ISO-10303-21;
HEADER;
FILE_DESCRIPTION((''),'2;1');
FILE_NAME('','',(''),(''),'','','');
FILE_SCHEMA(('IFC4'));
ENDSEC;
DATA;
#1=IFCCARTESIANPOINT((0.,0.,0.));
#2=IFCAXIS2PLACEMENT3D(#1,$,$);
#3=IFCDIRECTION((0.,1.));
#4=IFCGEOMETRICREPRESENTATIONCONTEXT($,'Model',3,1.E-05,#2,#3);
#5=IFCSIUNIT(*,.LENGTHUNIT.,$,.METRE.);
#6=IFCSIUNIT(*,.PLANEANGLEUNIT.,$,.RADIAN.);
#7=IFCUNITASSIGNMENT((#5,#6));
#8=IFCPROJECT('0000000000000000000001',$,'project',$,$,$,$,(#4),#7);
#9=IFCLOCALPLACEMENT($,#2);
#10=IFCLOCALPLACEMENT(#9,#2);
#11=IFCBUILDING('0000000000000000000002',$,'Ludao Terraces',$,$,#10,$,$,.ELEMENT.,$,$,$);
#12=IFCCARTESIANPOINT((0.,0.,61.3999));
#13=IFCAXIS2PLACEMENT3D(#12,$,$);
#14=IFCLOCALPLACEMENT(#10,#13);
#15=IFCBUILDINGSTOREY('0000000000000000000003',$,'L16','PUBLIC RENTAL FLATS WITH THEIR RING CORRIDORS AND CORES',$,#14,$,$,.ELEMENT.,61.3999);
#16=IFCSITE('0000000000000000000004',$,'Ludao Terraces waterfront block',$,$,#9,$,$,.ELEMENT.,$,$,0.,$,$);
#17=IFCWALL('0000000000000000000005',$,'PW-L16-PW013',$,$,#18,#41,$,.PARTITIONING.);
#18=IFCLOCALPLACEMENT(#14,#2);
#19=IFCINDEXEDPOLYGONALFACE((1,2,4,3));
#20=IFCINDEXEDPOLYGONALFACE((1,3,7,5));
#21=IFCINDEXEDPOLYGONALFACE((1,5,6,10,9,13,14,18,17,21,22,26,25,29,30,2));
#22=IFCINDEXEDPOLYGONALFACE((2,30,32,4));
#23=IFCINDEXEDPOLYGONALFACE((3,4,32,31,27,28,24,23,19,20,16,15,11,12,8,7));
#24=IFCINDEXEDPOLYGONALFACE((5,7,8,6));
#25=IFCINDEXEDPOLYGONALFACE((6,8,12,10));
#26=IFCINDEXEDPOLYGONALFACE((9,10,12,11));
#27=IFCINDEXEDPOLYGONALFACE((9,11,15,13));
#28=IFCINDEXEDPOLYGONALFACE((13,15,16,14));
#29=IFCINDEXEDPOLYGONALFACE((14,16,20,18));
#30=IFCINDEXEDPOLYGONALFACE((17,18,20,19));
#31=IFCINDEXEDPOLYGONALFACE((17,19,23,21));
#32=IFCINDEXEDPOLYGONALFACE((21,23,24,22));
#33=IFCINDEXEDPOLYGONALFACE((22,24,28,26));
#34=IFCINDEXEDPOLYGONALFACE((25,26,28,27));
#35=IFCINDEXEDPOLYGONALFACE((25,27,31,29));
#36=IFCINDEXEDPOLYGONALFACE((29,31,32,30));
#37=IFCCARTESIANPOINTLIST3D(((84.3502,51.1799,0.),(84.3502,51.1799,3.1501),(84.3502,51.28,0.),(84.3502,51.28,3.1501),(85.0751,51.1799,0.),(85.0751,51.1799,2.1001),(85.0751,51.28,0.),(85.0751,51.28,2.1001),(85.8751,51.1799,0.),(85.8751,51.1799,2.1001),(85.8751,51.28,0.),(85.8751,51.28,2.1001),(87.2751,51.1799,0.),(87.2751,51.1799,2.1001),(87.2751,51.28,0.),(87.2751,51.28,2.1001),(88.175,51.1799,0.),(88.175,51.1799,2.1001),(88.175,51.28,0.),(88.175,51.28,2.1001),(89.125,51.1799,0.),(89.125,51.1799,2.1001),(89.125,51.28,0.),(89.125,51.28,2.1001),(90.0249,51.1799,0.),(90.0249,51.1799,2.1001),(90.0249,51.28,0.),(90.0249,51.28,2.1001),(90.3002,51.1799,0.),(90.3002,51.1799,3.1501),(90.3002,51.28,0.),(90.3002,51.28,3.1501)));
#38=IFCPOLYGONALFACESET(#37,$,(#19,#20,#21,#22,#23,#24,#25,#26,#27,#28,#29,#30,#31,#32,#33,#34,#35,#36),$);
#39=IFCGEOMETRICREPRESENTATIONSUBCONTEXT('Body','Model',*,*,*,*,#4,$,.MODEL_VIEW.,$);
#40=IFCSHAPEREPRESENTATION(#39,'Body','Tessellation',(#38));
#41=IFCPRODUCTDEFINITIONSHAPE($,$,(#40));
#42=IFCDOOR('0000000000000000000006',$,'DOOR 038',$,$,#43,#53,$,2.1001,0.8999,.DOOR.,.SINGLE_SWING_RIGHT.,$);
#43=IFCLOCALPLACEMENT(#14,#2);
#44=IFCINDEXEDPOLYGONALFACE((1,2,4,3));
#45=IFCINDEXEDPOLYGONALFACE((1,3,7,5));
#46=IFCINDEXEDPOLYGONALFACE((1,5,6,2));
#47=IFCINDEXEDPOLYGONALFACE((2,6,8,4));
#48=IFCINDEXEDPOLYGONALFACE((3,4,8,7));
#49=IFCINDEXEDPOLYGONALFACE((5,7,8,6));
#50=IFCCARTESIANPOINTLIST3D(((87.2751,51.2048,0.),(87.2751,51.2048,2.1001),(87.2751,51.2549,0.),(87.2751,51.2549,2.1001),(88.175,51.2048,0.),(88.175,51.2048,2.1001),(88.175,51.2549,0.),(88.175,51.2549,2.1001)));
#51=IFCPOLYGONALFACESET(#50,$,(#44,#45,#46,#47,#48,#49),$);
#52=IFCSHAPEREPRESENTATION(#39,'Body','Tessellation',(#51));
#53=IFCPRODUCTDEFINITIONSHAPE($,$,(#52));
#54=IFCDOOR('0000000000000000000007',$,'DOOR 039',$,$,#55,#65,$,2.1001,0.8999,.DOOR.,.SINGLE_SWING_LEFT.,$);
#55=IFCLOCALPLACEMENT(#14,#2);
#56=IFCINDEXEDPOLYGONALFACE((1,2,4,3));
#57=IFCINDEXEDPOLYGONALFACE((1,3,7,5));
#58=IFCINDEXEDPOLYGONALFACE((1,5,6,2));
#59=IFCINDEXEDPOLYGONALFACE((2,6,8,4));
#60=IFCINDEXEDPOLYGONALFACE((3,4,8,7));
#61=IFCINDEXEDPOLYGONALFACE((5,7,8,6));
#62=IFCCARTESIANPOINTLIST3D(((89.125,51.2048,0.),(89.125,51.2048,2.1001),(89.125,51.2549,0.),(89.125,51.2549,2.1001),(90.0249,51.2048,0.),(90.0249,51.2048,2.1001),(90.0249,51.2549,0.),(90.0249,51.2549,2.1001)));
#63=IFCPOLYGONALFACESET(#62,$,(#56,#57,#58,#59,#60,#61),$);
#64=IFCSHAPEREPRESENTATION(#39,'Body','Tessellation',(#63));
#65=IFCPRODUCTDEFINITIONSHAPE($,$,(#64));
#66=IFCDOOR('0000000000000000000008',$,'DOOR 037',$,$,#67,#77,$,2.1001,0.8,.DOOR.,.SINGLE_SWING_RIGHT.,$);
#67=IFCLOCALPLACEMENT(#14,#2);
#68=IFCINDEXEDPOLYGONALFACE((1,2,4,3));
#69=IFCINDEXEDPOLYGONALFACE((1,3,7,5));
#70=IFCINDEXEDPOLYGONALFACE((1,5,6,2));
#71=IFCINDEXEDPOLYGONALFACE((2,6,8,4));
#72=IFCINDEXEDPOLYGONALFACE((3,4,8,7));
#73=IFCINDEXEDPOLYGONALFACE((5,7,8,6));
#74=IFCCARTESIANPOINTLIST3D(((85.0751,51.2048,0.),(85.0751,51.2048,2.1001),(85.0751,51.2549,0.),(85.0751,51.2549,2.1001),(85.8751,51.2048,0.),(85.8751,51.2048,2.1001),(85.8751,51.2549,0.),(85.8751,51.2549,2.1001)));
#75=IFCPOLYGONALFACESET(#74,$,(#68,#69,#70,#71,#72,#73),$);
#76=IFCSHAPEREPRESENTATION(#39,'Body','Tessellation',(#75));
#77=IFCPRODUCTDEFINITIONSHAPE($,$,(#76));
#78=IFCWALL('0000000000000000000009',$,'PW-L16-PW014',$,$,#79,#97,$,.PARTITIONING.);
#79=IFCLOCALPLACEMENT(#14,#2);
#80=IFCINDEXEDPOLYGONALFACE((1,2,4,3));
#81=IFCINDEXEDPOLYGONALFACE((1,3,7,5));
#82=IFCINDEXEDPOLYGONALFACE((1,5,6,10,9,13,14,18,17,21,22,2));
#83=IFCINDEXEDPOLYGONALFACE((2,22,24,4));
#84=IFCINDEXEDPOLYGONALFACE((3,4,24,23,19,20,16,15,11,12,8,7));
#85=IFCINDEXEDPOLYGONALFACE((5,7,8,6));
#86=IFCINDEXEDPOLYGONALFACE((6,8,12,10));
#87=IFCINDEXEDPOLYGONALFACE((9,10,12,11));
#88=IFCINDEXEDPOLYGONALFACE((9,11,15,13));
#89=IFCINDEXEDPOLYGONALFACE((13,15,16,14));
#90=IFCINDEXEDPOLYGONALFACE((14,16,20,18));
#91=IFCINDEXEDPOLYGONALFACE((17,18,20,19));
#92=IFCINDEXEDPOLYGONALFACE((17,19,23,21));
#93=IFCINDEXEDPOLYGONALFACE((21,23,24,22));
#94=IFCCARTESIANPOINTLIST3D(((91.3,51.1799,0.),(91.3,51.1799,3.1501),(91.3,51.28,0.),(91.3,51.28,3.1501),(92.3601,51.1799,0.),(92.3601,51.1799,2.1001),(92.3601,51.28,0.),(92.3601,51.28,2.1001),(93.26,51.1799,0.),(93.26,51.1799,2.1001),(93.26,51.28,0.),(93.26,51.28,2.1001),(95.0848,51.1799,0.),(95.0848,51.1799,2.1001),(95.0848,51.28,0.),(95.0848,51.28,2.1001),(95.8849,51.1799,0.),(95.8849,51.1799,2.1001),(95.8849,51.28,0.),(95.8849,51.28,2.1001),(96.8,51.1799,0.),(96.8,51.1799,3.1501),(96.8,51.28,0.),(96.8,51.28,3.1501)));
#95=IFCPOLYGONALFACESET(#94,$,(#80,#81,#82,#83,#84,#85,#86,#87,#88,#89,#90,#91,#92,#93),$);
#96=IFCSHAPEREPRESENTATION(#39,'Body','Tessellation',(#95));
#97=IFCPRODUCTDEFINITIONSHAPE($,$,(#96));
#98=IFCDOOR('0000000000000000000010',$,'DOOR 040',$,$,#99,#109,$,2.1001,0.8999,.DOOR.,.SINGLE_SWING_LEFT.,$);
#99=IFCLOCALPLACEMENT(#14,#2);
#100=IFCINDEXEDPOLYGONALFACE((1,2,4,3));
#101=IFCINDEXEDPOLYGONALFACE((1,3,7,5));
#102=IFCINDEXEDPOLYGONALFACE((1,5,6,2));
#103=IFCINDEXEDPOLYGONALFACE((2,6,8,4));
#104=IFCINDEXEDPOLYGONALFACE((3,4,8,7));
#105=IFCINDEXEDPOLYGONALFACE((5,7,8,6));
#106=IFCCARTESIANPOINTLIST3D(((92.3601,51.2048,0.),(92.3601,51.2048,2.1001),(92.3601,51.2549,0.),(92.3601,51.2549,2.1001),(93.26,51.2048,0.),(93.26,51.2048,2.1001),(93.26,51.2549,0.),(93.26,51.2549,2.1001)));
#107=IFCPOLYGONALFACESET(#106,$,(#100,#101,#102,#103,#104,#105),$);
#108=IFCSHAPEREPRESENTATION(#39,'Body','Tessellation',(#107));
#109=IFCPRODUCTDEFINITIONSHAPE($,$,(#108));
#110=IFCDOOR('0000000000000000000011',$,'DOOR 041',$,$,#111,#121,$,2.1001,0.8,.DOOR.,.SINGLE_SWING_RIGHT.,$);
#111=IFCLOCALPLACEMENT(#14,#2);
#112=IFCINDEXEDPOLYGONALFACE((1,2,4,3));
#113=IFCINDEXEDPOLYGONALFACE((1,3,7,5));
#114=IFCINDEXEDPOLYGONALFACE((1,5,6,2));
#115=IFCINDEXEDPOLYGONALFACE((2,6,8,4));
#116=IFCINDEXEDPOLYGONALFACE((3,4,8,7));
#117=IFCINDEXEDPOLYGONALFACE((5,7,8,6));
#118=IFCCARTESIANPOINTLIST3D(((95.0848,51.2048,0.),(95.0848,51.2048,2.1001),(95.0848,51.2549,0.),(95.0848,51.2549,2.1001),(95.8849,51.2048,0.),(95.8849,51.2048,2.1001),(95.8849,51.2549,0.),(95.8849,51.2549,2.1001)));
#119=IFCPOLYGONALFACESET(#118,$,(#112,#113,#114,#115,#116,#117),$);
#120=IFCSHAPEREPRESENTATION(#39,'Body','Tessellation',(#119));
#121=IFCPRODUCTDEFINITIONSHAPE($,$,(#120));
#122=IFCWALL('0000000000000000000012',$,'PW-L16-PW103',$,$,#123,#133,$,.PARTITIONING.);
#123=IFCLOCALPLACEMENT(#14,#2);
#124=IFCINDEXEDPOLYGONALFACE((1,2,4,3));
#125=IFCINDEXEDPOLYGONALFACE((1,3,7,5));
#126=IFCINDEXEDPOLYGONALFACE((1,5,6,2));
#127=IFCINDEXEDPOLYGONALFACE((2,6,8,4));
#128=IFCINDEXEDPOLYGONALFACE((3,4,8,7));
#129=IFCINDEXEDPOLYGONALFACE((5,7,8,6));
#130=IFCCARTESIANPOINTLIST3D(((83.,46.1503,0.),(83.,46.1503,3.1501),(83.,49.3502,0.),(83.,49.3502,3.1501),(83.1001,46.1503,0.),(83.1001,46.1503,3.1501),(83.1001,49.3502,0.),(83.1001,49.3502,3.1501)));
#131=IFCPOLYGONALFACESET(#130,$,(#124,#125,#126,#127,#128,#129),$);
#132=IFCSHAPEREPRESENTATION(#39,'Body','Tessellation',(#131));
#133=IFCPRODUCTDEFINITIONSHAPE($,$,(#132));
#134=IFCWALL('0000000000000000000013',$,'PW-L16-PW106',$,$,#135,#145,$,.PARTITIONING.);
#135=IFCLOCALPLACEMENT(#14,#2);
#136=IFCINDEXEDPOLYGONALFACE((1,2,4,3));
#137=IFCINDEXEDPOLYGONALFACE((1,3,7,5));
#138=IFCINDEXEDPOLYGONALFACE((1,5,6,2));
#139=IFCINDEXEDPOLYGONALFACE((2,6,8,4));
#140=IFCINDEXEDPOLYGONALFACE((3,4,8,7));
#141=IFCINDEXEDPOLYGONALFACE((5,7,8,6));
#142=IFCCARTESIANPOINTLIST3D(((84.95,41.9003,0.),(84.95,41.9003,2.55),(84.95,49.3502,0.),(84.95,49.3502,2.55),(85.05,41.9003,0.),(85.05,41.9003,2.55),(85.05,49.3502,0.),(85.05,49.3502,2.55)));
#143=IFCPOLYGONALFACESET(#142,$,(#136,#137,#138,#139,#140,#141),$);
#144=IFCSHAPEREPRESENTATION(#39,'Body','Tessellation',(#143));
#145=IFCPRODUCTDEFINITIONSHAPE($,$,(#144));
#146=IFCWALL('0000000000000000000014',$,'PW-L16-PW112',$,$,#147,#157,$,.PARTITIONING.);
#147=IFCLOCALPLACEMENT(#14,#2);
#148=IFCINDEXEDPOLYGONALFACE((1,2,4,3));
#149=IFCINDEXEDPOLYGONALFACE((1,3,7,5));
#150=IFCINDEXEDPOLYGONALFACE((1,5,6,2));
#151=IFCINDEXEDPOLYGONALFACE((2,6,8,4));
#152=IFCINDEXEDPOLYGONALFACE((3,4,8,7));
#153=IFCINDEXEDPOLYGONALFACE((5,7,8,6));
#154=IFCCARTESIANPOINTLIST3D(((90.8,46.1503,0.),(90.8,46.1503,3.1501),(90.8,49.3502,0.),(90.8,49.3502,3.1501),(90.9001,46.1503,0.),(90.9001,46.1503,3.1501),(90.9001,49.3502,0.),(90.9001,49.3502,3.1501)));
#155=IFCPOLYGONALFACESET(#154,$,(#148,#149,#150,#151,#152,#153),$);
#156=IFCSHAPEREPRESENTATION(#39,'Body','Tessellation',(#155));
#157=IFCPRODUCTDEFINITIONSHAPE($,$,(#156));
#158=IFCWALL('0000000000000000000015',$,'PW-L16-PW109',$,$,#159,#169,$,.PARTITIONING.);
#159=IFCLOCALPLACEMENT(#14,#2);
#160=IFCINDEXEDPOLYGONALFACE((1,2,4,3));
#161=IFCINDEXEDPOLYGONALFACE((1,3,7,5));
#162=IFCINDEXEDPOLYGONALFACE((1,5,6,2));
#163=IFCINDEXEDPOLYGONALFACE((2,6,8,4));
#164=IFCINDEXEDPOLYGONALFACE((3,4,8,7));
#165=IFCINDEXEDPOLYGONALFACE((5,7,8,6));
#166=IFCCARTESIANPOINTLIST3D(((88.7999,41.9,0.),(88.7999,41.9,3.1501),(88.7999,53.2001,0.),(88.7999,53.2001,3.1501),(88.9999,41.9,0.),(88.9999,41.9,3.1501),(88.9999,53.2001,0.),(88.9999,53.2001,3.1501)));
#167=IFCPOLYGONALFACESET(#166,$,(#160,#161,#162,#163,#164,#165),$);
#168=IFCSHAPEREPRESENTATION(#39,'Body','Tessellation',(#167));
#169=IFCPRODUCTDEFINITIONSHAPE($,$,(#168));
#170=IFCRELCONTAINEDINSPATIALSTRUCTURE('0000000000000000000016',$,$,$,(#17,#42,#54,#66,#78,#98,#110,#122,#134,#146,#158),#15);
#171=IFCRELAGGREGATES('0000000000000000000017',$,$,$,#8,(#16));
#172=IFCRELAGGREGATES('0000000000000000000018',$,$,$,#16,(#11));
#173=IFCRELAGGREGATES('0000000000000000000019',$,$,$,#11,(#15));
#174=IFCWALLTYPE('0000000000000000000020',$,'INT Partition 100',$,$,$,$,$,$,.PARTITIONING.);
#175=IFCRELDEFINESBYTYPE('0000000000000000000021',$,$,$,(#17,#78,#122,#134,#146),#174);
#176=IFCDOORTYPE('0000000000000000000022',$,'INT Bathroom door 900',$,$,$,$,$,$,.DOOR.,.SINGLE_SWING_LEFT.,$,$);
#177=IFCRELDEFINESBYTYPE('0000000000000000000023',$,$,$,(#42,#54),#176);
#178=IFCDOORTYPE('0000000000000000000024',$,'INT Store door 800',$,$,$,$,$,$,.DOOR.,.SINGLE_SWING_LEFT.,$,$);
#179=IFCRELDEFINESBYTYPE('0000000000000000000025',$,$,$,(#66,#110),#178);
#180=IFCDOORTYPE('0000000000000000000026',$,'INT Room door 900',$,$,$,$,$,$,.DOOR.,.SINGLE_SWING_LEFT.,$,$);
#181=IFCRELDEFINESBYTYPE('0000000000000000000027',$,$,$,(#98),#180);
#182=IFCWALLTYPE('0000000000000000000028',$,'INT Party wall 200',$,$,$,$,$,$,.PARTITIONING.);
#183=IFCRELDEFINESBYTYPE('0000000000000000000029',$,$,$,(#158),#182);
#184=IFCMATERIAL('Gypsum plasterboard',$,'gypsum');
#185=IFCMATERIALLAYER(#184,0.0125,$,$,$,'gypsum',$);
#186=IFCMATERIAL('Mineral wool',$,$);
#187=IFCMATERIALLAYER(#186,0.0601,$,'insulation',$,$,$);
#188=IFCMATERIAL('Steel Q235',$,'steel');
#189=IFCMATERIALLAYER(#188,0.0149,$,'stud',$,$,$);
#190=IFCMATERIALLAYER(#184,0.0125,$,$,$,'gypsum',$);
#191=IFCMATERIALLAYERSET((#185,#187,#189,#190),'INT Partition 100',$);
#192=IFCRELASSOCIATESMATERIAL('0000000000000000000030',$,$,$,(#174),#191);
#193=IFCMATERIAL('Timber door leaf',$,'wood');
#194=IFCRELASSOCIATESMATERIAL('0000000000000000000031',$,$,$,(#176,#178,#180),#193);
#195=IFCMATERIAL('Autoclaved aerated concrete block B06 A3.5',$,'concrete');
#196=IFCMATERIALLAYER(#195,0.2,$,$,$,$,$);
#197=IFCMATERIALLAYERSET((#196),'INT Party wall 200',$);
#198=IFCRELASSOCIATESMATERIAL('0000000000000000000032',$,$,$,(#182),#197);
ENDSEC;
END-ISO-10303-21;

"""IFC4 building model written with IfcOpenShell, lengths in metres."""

from ifc_helpers import new_model, si_unit, direction, frame, frame_2d, origin, place, context, subcontext, project, spatial, rectangle, extrude, material, layer, layer_set, type_object, element, fill, save


model = new_model("IFC4")

# Units and contexts
model_context = context("Model", 3, precision=1e-05, world=origin(), true_north=direction((0.0, 1.0)))
body_context = subcontext(model_context, "Body", "Model", "MODEL_VIEW")
ifc_project = project(units=[si_unit("LENGTHUNIT", "METRE"), si_unit("PLANEANGLEUNIT", "RADIAN")], contexts=[model_context])

# Site, building, storey
site_placement = place(None, origin())
site = spatial("IfcSite", under=ifc_project, at=site_placement, Name="Ludao Terraces waterfront block", CompositionType="ELEMENT", RefElevation=0.0)
building_placement = place(site_placement, origin())
building = spatial("IfcBuilding", under=site, at=building_placement, Name="Ludao Terraces", CompositionType="ELEMENT")
storey_placement = place(building_placement, frame((0.0, 0.0, 61.3999)))
storey = spatial("IfcBuildingStorey", under=building, at=storey_placement, Name="L16", Description="PUBLIC RENTAL FLATS WITH THEIR RING CORRIDORS AND CORES", CompositionType="ELEMENT", Elevation=61.3999)

# Shared definitions
ifc_material_1 = material(Name="Mineral wool")

# Walls, openings, doors
ifc_material_2 = material(Name="Gypsum plasterboard", Category="gypsum")
ifc_layer_1 = layer(ifc_material_2, 0.0125, Category="gypsum")
ifc_layer_2 = layer(ifc_material_1, 0.0601, Name="insulation")
ifc_material_3 = material(Name="Steel Q235", Category="steel")
ifc_layer_3 = layer(ifc_material_3, 0.0149, Name="stud")
ifc_layer_4 = layer(ifc_material_2, 0.0125, Category="gypsum")
ifc_layer_set_1 = layer_set([ifc_layer_1, ifc_layer_2, ifc_layer_3, ifc_layer_4], Name="INT Partition 100")
wall_type_1 = type_object("IfcWallType", Name="INT Partition 100", PredefinedType="PARTITIONING", material=ifc_layer_set_1)
wall_1_placement = place(storey_placement, frame((84.3501, 51.23, 0.0), z_axis=(0.0, 0.0, 1.0), x_axis=(1.0, 0.0, 0.0)))
wall_1 = element("IfcWall", 1, at=wall_1_placement, inside=storey, type_object=wall_type_1, Name="PW-L16-PW013", PredefinedType="PARTITIONING", context=body_context, shape_type="SweptSolid", body=[
    extrude(rectangle(XDim=5.95, YDim=0.1001, at=frame_2d((2.9751, 0.0))), origin(), (0.0, 0.0, 1.0), 3.1501),
])
opening_1_placement = place(wall_1_placement, frame((0.7251, 0.0, 0.0)))
opening_1 = element("IfcOpeningElement", 2, at=opening_1_placement, cuts=wall_1, PredefinedType="OPENING", context=body_context, shape_type="SweptSolid", body=[
    extrude(rectangle(XDim=0.8, YDim=2.1001, at=frame_2d((0.3999, 1.05))), frame((0.0, 0.0601, 0.0), z_axis=(0.0, -1.0, 0.0), x_axis=(1.0, 0.0, 0.0)), (0.0, 0.0, 1.0), 0.1201),
])
opening_2_placement = place(wall_1_placement, frame((2.925, 0.0, 0.0)))
opening_2 = element("IfcOpeningElement", 3, at=opening_2_placement, cuts=wall_1, PredefinedType="OPENING", context=body_context, shape_type="SweptSolid", body=[
    extrude(rectangle(XDim=0.8999, YDim=2.1001, at=frame_2d((0.45, 1.05))), frame((0.0, 0.0601, 0.0), z_axis=(0.0, -1.0, 0.0), x_axis=(1.0, 0.0, 0.0)), (0.0, 0.0, 1.0), 0.1201),
])
opening_3_placement = place(wall_1_placement, frame((4.7749, 0.0, 0.0)))
opening_3 = element("IfcOpeningElement", 4, at=opening_3_placement, cuts=wall_1, PredefinedType="OPENING", context=body_context, shape_type="SweptSolid", body=[
    extrude(rectangle(XDim=0.8999, YDim=2.1001, at=frame_2d((0.45, 1.05))), frame((0.0, 0.0601, 0.0), z_axis=(0.0, -1.0, 0.0), x_axis=(1.0, 0.0, 0.0)), (0.0, 0.0, 1.0), 0.1201),
])
ifc_material_4 = material(Name="Timber door leaf", Category="wood")
door_type_1 = type_object("IfcDoorType", Name="INT Bathroom door 900", OperationType="SINGLE_SWING_LEFT", PredefinedType="DOOR", material=ifc_material_4)
door_1_placement = place(opening_2_placement, origin())
door_1 = element("IfcDoor", 5, at=door_1_placement, inside=storey, type_object=door_type_1, Name="DOOR 038", OperationType="SINGLE_SWING_RIGHT", OverallHeight=2.1001, OverallWidth=0.8999, PredefinedType="DOOR", context=body_context, shape_type="SweptSolid", body=[
    extrude(rectangle(XDim=0.8999, YDim=2.1001, at=frame_2d((0.45, 1.05))), frame((0.0, 0.0249, 0.0), z_axis=(0.0, -1.0, 0.0), x_axis=(1.0, 0.0, 0.0)), (0.0, 0.0, 1.0), 0.05),
])
fill(opening_2, door_1)
door_2_placement = place(opening_3_placement, origin())
door_2 = element("IfcDoor", 6, at=door_2_placement, inside=storey, type_object=door_type_1, Name="DOOR 039", OperationType="SINGLE_SWING_LEFT", OverallHeight=2.1001, OverallWidth=0.8999, PredefinedType="DOOR", context=body_context, shape_type="SweptSolid", body=[
    extrude(rectangle(XDim=0.8999, YDim=2.1001, at=frame_2d((0.45, 1.05))), frame((0.0, 0.0249, 0.0), z_axis=(0.0, -1.0, 0.0), x_axis=(1.0, 0.0, 0.0)), (0.0, 0.0, 1.0), 0.05),
])
fill(opening_3, door_2)
door_type_2 = type_object("IfcDoorType", Name="INT Store door 800", OperationType="SINGLE_SWING_LEFT", PredefinedType="DOOR", material=ifc_material_4)
door_3_placement = place(opening_1_placement, origin())
door_3 = element("IfcDoor", 7, at=door_3_placement, inside=storey, type_object=door_type_2, Name="DOOR 037", OperationType="SINGLE_SWING_RIGHT", OverallHeight=2.1001, OverallWidth=0.8, PredefinedType="DOOR", context=body_context, shape_type="SweptSolid", body=[
    extrude(rectangle(XDim=0.8, YDim=2.1001, at=frame_2d((0.3999, 1.05))), frame((0.0, 0.0249, 0.0), z_axis=(0.0, -1.0, 0.0), x_axis=(1.0, 0.0, 0.0)), (0.0, 0.0, 1.0), 0.05),
])
fill(opening_1, door_3)
wall_2_placement = place(storey_placement, frame((91.3, 51.23, 0.0), z_axis=(0.0, 0.0, 1.0), x_axis=(1.0, 0.0, 0.0)))
wall_2 = element("IfcWall", 8, at=wall_2_placement, inside=storey, type_object=wall_type_1, Name="PW-L16-PW014", PredefinedType="PARTITIONING", context=body_context, shape_type="SweptSolid", body=[
    extrude(rectangle(XDim=5.5, YDim=0.1001, at=frame_2d((2.75, 0.0))), origin(), (0.0, 0.0, 1.0), 3.1501),
])
opening_4_placement = place(wall_2_placement, frame((1.0601, 0.0, 0.0)))
opening_4 = element("IfcOpeningElement", 9, at=opening_4_placement, cuts=wall_2, PredefinedType="OPENING", context=body_context, shape_type="SweptSolid", body=[
    extrude(rectangle(XDim=0.8999, YDim=2.1001, at=frame_2d((0.45, 1.05))), frame((0.0, 0.0601, 0.0), z_axis=(0.0, -1.0, 0.0), x_axis=(1.0, 0.0, 0.0)), (0.0, 0.0, 1.0), 0.1201),
])
opening_5_placement = place(wall_2_placement, frame((3.7849, 0.0, 0.0)))
opening_5 = element("IfcOpeningElement", 10, at=opening_5_placement, cuts=wall_2, PredefinedType="OPENING", context=body_context, shape_type="SweptSolid", body=[
    extrude(rectangle(XDim=0.8, YDim=2.1001, at=frame_2d((0.3999, 1.05))), frame((0.0, 0.0601, 0.0), z_axis=(0.0, -1.0, 0.0), x_axis=(1.0, 0.0, 0.0)), (0.0, 0.0, 1.0), 0.1201),
])
door_type_3 = type_object("IfcDoorType", Name="INT Room door 900", OperationType="SINGLE_SWING_LEFT", PredefinedType="DOOR", material=ifc_material_4)
door_4_placement = place(opening_4_placement, origin())
door_4 = element("IfcDoor", 11, at=door_4_placement, inside=storey, type_object=door_type_3, Name="DOOR 040", OperationType="SINGLE_SWING_LEFT", OverallHeight=2.1001, OverallWidth=0.8999, PredefinedType="DOOR", context=body_context, shape_type="SweptSolid", body=[
    extrude(rectangle(XDim=0.8999, YDim=2.1001, at=frame_2d((0.45, 1.05))), frame((0.0, 0.0249, 0.0), z_axis=(0.0, -1.0, 0.0), x_axis=(1.0, 0.0, 0.0)), (0.0, 0.0, 1.0), 0.05),
])
fill(opening_4, door_4)
door_5_placement = place(opening_5_placement, origin())
door_5 = element("IfcDoor", 12, at=door_5_placement, inside=storey, type_object=door_type_2, Name="DOOR 041", OperationType="SINGLE_SWING_RIGHT", OverallHeight=2.1001, OverallWidth=0.8, PredefinedType="DOOR", context=body_context, shape_type="SweptSolid", body=[
    extrude(rectangle(XDim=0.8, YDim=2.1001, at=frame_2d((0.3999, 1.05))), frame((0.0, 0.0249, 0.0), z_axis=(0.0, -1.0, 0.0), x_axis=(1.0, 0.0, 0.0)), (0.0, 0.0, 1.0), 0.05),
])
fill(opening_5, door_5)

# Walls
wall_3_placement = place(storey_placement, frame((83.05, 46.1501, 0.0), z_axis=(0.0, 0.0, 1.0), x_axis=(0.0, 1.0, 0.0)))
element("IfcWall", 13, at=wall_3_placement, inside=storey, type_object=wall_type_1, Name="PW-L16-PW103", PredefinedType="PARTITIONING", context=body_context, shape_type="SweptSolid", body=[
    extrude(rectangle(XDim=3.2, YDim=0.1001, at=frame_2d((1.6001, 0.0))), origin(), (0.0, 0.0, 1.0), 3.1501),
])
wall_4_placement = place(storey_placement, frame((85.0, 41.9001, 0.0), z_axis=(0.0, 0.0, 1.0), x_axis=(0.0, 1.0, 0.0)))
element("IfcWall", 14, at=wall_4_placement, inside=storey, type_object=wall_type_1, Name="PW-L16-PW106", PredefinedType="PARTITIONING", context=body_context, shape_type="SweptSolid", body=[
    extrude(rectangle(XDim=7.45, YDim=0.1001, at=frame_2d((3.7251, 0.0))), origin(), (0.0, 0.0, 1.0), 2.55),
])
wall_5_placement = place(storey_placement, frame((90.8501, 46.1501, 0.0), z_axis=(0.0, 0.0, 1.0), x_axis=(0.0, 1.0, 0.0)))
element("IfcWall", 15, at=wall_5_placement, inside=storey, type_object=wall_type_1, Name="PW-L16-PW112", PredefinedType="PARTITIONING", context=body_context, shape_type="SweptSolid", body=[
    extrude(rectangle(XDim=3.2, YDim=0.1001, at=frame_2d((1.6001, 0.0))), origin(), (0.0, 0.0, 1.0), 3.1501),
])
ifc_material_5 = material(Name="Autoclaved aerated concrete block B06 A3.5", Category="concrete")
ifc_layer_5 = layer(ifc_material_5, 0.2)
ifc_layer_set_2 = layer_set([ifc_layer_5], Name="INT Party wall 200")
wall_type_2 = type_object("IfcWallType", Name="INT Party wall 200", PredefinedType="PARTITIONING", material=ifc_layer_set_2)
wall_6_placement = place(storey_placement, frame((88.8999, 41.9001, 0.0), z_axis=(0.0, 0.0, 1.0), x_axis=(0.0, 1.0, 0.0)))
element("IfcWall", 16, at=wall_6_placement, inside=storey, type_object=wall_type_2, Name="PW-L16-PW109", PredefinedType="PARTITIONING", context=body_context, shape_type="SweptSolid", body=[
    extrude(rectangle(XDim=11.3, YDim=0.2, at=frame_2d((5.6499, 0.0))), origin(), (0.0, 0.0, 1.0), 3.1501),
])

save(model, "model.ifc")
